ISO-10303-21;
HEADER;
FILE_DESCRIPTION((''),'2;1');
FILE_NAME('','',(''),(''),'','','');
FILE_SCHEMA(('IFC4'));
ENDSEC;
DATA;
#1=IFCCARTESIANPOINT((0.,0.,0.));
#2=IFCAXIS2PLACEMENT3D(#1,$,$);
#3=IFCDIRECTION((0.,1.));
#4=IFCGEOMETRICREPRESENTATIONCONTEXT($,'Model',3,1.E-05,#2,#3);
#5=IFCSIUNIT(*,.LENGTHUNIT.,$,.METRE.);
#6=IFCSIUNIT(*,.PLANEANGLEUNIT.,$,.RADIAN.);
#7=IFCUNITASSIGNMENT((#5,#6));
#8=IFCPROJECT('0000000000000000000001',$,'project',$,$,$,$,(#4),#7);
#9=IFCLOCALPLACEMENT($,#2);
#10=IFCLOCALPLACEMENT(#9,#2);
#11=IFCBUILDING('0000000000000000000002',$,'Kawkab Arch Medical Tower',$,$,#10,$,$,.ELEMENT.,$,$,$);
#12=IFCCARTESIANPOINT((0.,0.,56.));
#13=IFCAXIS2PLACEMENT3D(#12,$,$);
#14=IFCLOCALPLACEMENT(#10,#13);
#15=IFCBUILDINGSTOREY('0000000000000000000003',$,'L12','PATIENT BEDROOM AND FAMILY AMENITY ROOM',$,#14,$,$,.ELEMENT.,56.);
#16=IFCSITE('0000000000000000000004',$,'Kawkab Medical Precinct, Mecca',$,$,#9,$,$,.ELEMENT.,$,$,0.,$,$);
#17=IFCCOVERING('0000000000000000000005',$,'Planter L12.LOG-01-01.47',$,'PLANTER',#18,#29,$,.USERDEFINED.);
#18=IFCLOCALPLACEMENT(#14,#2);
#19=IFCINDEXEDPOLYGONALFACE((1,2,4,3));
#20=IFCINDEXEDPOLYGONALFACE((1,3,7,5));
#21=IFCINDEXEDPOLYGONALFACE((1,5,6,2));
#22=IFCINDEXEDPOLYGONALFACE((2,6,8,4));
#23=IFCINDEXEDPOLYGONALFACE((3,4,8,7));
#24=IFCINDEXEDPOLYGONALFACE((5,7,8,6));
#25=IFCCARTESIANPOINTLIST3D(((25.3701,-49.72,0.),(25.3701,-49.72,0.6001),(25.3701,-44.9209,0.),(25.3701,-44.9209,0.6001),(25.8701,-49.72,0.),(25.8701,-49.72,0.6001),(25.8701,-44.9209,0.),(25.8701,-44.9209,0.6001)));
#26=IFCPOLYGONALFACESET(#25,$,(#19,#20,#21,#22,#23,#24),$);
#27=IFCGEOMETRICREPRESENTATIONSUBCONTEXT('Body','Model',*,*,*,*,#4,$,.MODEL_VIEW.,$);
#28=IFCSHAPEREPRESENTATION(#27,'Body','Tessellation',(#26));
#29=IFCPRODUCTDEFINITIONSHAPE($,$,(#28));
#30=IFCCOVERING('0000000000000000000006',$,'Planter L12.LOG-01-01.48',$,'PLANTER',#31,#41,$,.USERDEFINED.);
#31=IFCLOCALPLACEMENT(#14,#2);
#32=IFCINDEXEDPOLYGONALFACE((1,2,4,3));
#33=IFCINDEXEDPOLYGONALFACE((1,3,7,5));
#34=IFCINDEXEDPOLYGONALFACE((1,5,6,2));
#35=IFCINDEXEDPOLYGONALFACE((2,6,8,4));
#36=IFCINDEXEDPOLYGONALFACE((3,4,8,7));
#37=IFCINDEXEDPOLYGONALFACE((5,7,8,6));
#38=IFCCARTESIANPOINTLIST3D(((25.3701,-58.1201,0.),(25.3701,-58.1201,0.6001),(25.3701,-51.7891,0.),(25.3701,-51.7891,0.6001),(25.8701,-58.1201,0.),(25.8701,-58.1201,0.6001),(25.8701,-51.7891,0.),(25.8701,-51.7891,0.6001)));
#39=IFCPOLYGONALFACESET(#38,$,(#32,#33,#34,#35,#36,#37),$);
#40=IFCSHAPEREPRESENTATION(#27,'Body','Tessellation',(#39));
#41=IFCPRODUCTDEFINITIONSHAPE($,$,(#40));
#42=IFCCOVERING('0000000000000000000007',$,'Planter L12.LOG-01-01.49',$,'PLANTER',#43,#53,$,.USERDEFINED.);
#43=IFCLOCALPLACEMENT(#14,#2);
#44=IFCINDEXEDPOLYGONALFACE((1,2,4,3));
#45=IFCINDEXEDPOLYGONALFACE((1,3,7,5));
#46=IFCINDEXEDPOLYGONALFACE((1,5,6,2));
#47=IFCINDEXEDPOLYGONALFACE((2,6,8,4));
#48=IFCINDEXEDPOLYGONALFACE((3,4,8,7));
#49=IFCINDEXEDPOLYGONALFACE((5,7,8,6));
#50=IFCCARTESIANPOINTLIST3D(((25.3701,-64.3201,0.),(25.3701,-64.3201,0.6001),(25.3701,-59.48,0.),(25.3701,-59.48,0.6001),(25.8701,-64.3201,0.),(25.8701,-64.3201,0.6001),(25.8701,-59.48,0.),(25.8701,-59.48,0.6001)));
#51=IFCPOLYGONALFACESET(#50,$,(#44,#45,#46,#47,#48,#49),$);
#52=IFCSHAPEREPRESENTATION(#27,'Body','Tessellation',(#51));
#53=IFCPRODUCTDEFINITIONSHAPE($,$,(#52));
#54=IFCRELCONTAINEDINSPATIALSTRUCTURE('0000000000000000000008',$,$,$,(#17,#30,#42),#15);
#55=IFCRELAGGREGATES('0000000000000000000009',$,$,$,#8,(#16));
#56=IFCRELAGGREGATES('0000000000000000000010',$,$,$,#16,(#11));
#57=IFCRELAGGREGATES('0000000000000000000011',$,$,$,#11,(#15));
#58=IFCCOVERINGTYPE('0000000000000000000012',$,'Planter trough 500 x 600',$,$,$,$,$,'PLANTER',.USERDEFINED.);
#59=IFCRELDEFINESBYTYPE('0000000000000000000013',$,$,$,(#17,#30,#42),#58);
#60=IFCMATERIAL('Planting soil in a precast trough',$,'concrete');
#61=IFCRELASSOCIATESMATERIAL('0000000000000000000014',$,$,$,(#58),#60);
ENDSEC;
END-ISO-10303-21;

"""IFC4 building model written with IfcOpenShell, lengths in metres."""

from ifc_helpers import new_model, si_unit, direction, frame, origin, origin_2d, place, context, subcontext, project, spatial, rectangle, extrude, material, material_profile, profile_set, type_object, element, save


model = new_model("IFC4")

# Units and contexts
model_context = context("Model", 3, precision=1e-05, world=origin(), true_north=direction((0.0, 1.0)))
body_context = subcontext(model_context, "Body", "Model", "MODEL_VIEW")
ifc_project = project(units=[si_unit("LENGTHUNIT", "METRE"), si_unit("PLANEANGLEUNIT", "RADIAN")], contexts=[model_context])

# Site, building, storey
site_placement = place(None, origin())
site = spatial("IfcSite", under=ifc_project, at=site_placement, Name="Kawkab Medical Precinct, Mecca", CompositionType="ELEMENT", RefElevation=0.0)
building_placement = place(site_placement, origin())
building = spatial("IfcBuilding", under=site, at=building_placement, Name="Kawkab Arch Medical Tower", CompositionType="ELEMENT")
storey_placement = place(building_placement, frame((0.0, 0.0, 56.0)))
storey = spatial("IfcBuildingStorey", under=building, at=storey_placement, Name="L12", Description="PATIENT BEDROOM AND FAMILY AMENITY ROOM", CompositionType="ELEMENT", Elevation=56.0)

# Coverings
ifc_material_1 = material(Name="Planting soil in a precast trough", Category="concrete")
ifc_material_profile_1 = material_profile(ifc_material_1, rectangle(XDim=0.5, YDim=0.6001, at=origin_2d()), Name="Trough 500x600")
ifc_profile_set_1 = profile_set([ifc_material_profile_1], Name="Planting soil in a precast trough")
covering_type_1 = type_object("IfcCoveringType", Name="Planter trough 500 x 600", ElementType="PLANTER", PredefinedType="USERDEFINED", material=ifc_profile_set_1)
covering_1_placement = place(storey_placement, frame((25.6201, -44.9209, 0.3), z_axis=(0.0, -1.0, 0.0), x_axis=(1.0, 0.0, 0.0)))
element("IfcCovering", 1, at=covering_1_placement, inside=storey, type_object=covering_type_1, Name="Planter L12.LOG-01-01.47", ObjectType="PLANTER", PredefinedType="USERDEFINED", context=body_context, shape_type="SweptSolid", body=[
    extrude(rectangle(XDim=0.5, YDim=0.6001, at=origin_2d()), origin(), (0.0, 0.0, 1.0), 4.7991),
])
covering_2_placement = place(storey_placement, frame((25.6201, -51.7891, 0.3), z_axis=(0.0, -1.0, 0.0), x_axis=(1.0, 0.0, 0.0)))
element("IfcCovering", 2, at=covering_2_placement, inside=storey, type_object=covering_type_1, Name="Planter L12.LOG-01-01.48", ObjectType="PLANTER", PredefinedType="USERDEFINED", context=body_context, shape_type="SweptSolid", body=[
    extrude(rectangle(XDim=0.5, YDim=0.6001, at=origin_2d()), origin(), (0.0, 0.0, 1.0), 6.3311),
])
covering_3_placement = place(storey_placement, frame((25.6201, -59.48, 0.3), z_axis=(0.0, -1.0, 0.0), x_axis=(1.0, 0.0, 0.0)))
element("IfcCovering", 3, at=covering_3_placement, inside=storey, type_object=covering_type_1, Name="Planter L12.LOG-01-01.49", ObjectType="PLANTER", PredefinedType="USERDEFINED", context=body_context, shape_type="SweptSolid", body=[
    extrude(rectangle(XDim=0.5, YDim=0.6001, at=origin_2d()), origin(), (0.0, 0.0, 1.0), 4.8401),
])

save(model, "model.ifc")
